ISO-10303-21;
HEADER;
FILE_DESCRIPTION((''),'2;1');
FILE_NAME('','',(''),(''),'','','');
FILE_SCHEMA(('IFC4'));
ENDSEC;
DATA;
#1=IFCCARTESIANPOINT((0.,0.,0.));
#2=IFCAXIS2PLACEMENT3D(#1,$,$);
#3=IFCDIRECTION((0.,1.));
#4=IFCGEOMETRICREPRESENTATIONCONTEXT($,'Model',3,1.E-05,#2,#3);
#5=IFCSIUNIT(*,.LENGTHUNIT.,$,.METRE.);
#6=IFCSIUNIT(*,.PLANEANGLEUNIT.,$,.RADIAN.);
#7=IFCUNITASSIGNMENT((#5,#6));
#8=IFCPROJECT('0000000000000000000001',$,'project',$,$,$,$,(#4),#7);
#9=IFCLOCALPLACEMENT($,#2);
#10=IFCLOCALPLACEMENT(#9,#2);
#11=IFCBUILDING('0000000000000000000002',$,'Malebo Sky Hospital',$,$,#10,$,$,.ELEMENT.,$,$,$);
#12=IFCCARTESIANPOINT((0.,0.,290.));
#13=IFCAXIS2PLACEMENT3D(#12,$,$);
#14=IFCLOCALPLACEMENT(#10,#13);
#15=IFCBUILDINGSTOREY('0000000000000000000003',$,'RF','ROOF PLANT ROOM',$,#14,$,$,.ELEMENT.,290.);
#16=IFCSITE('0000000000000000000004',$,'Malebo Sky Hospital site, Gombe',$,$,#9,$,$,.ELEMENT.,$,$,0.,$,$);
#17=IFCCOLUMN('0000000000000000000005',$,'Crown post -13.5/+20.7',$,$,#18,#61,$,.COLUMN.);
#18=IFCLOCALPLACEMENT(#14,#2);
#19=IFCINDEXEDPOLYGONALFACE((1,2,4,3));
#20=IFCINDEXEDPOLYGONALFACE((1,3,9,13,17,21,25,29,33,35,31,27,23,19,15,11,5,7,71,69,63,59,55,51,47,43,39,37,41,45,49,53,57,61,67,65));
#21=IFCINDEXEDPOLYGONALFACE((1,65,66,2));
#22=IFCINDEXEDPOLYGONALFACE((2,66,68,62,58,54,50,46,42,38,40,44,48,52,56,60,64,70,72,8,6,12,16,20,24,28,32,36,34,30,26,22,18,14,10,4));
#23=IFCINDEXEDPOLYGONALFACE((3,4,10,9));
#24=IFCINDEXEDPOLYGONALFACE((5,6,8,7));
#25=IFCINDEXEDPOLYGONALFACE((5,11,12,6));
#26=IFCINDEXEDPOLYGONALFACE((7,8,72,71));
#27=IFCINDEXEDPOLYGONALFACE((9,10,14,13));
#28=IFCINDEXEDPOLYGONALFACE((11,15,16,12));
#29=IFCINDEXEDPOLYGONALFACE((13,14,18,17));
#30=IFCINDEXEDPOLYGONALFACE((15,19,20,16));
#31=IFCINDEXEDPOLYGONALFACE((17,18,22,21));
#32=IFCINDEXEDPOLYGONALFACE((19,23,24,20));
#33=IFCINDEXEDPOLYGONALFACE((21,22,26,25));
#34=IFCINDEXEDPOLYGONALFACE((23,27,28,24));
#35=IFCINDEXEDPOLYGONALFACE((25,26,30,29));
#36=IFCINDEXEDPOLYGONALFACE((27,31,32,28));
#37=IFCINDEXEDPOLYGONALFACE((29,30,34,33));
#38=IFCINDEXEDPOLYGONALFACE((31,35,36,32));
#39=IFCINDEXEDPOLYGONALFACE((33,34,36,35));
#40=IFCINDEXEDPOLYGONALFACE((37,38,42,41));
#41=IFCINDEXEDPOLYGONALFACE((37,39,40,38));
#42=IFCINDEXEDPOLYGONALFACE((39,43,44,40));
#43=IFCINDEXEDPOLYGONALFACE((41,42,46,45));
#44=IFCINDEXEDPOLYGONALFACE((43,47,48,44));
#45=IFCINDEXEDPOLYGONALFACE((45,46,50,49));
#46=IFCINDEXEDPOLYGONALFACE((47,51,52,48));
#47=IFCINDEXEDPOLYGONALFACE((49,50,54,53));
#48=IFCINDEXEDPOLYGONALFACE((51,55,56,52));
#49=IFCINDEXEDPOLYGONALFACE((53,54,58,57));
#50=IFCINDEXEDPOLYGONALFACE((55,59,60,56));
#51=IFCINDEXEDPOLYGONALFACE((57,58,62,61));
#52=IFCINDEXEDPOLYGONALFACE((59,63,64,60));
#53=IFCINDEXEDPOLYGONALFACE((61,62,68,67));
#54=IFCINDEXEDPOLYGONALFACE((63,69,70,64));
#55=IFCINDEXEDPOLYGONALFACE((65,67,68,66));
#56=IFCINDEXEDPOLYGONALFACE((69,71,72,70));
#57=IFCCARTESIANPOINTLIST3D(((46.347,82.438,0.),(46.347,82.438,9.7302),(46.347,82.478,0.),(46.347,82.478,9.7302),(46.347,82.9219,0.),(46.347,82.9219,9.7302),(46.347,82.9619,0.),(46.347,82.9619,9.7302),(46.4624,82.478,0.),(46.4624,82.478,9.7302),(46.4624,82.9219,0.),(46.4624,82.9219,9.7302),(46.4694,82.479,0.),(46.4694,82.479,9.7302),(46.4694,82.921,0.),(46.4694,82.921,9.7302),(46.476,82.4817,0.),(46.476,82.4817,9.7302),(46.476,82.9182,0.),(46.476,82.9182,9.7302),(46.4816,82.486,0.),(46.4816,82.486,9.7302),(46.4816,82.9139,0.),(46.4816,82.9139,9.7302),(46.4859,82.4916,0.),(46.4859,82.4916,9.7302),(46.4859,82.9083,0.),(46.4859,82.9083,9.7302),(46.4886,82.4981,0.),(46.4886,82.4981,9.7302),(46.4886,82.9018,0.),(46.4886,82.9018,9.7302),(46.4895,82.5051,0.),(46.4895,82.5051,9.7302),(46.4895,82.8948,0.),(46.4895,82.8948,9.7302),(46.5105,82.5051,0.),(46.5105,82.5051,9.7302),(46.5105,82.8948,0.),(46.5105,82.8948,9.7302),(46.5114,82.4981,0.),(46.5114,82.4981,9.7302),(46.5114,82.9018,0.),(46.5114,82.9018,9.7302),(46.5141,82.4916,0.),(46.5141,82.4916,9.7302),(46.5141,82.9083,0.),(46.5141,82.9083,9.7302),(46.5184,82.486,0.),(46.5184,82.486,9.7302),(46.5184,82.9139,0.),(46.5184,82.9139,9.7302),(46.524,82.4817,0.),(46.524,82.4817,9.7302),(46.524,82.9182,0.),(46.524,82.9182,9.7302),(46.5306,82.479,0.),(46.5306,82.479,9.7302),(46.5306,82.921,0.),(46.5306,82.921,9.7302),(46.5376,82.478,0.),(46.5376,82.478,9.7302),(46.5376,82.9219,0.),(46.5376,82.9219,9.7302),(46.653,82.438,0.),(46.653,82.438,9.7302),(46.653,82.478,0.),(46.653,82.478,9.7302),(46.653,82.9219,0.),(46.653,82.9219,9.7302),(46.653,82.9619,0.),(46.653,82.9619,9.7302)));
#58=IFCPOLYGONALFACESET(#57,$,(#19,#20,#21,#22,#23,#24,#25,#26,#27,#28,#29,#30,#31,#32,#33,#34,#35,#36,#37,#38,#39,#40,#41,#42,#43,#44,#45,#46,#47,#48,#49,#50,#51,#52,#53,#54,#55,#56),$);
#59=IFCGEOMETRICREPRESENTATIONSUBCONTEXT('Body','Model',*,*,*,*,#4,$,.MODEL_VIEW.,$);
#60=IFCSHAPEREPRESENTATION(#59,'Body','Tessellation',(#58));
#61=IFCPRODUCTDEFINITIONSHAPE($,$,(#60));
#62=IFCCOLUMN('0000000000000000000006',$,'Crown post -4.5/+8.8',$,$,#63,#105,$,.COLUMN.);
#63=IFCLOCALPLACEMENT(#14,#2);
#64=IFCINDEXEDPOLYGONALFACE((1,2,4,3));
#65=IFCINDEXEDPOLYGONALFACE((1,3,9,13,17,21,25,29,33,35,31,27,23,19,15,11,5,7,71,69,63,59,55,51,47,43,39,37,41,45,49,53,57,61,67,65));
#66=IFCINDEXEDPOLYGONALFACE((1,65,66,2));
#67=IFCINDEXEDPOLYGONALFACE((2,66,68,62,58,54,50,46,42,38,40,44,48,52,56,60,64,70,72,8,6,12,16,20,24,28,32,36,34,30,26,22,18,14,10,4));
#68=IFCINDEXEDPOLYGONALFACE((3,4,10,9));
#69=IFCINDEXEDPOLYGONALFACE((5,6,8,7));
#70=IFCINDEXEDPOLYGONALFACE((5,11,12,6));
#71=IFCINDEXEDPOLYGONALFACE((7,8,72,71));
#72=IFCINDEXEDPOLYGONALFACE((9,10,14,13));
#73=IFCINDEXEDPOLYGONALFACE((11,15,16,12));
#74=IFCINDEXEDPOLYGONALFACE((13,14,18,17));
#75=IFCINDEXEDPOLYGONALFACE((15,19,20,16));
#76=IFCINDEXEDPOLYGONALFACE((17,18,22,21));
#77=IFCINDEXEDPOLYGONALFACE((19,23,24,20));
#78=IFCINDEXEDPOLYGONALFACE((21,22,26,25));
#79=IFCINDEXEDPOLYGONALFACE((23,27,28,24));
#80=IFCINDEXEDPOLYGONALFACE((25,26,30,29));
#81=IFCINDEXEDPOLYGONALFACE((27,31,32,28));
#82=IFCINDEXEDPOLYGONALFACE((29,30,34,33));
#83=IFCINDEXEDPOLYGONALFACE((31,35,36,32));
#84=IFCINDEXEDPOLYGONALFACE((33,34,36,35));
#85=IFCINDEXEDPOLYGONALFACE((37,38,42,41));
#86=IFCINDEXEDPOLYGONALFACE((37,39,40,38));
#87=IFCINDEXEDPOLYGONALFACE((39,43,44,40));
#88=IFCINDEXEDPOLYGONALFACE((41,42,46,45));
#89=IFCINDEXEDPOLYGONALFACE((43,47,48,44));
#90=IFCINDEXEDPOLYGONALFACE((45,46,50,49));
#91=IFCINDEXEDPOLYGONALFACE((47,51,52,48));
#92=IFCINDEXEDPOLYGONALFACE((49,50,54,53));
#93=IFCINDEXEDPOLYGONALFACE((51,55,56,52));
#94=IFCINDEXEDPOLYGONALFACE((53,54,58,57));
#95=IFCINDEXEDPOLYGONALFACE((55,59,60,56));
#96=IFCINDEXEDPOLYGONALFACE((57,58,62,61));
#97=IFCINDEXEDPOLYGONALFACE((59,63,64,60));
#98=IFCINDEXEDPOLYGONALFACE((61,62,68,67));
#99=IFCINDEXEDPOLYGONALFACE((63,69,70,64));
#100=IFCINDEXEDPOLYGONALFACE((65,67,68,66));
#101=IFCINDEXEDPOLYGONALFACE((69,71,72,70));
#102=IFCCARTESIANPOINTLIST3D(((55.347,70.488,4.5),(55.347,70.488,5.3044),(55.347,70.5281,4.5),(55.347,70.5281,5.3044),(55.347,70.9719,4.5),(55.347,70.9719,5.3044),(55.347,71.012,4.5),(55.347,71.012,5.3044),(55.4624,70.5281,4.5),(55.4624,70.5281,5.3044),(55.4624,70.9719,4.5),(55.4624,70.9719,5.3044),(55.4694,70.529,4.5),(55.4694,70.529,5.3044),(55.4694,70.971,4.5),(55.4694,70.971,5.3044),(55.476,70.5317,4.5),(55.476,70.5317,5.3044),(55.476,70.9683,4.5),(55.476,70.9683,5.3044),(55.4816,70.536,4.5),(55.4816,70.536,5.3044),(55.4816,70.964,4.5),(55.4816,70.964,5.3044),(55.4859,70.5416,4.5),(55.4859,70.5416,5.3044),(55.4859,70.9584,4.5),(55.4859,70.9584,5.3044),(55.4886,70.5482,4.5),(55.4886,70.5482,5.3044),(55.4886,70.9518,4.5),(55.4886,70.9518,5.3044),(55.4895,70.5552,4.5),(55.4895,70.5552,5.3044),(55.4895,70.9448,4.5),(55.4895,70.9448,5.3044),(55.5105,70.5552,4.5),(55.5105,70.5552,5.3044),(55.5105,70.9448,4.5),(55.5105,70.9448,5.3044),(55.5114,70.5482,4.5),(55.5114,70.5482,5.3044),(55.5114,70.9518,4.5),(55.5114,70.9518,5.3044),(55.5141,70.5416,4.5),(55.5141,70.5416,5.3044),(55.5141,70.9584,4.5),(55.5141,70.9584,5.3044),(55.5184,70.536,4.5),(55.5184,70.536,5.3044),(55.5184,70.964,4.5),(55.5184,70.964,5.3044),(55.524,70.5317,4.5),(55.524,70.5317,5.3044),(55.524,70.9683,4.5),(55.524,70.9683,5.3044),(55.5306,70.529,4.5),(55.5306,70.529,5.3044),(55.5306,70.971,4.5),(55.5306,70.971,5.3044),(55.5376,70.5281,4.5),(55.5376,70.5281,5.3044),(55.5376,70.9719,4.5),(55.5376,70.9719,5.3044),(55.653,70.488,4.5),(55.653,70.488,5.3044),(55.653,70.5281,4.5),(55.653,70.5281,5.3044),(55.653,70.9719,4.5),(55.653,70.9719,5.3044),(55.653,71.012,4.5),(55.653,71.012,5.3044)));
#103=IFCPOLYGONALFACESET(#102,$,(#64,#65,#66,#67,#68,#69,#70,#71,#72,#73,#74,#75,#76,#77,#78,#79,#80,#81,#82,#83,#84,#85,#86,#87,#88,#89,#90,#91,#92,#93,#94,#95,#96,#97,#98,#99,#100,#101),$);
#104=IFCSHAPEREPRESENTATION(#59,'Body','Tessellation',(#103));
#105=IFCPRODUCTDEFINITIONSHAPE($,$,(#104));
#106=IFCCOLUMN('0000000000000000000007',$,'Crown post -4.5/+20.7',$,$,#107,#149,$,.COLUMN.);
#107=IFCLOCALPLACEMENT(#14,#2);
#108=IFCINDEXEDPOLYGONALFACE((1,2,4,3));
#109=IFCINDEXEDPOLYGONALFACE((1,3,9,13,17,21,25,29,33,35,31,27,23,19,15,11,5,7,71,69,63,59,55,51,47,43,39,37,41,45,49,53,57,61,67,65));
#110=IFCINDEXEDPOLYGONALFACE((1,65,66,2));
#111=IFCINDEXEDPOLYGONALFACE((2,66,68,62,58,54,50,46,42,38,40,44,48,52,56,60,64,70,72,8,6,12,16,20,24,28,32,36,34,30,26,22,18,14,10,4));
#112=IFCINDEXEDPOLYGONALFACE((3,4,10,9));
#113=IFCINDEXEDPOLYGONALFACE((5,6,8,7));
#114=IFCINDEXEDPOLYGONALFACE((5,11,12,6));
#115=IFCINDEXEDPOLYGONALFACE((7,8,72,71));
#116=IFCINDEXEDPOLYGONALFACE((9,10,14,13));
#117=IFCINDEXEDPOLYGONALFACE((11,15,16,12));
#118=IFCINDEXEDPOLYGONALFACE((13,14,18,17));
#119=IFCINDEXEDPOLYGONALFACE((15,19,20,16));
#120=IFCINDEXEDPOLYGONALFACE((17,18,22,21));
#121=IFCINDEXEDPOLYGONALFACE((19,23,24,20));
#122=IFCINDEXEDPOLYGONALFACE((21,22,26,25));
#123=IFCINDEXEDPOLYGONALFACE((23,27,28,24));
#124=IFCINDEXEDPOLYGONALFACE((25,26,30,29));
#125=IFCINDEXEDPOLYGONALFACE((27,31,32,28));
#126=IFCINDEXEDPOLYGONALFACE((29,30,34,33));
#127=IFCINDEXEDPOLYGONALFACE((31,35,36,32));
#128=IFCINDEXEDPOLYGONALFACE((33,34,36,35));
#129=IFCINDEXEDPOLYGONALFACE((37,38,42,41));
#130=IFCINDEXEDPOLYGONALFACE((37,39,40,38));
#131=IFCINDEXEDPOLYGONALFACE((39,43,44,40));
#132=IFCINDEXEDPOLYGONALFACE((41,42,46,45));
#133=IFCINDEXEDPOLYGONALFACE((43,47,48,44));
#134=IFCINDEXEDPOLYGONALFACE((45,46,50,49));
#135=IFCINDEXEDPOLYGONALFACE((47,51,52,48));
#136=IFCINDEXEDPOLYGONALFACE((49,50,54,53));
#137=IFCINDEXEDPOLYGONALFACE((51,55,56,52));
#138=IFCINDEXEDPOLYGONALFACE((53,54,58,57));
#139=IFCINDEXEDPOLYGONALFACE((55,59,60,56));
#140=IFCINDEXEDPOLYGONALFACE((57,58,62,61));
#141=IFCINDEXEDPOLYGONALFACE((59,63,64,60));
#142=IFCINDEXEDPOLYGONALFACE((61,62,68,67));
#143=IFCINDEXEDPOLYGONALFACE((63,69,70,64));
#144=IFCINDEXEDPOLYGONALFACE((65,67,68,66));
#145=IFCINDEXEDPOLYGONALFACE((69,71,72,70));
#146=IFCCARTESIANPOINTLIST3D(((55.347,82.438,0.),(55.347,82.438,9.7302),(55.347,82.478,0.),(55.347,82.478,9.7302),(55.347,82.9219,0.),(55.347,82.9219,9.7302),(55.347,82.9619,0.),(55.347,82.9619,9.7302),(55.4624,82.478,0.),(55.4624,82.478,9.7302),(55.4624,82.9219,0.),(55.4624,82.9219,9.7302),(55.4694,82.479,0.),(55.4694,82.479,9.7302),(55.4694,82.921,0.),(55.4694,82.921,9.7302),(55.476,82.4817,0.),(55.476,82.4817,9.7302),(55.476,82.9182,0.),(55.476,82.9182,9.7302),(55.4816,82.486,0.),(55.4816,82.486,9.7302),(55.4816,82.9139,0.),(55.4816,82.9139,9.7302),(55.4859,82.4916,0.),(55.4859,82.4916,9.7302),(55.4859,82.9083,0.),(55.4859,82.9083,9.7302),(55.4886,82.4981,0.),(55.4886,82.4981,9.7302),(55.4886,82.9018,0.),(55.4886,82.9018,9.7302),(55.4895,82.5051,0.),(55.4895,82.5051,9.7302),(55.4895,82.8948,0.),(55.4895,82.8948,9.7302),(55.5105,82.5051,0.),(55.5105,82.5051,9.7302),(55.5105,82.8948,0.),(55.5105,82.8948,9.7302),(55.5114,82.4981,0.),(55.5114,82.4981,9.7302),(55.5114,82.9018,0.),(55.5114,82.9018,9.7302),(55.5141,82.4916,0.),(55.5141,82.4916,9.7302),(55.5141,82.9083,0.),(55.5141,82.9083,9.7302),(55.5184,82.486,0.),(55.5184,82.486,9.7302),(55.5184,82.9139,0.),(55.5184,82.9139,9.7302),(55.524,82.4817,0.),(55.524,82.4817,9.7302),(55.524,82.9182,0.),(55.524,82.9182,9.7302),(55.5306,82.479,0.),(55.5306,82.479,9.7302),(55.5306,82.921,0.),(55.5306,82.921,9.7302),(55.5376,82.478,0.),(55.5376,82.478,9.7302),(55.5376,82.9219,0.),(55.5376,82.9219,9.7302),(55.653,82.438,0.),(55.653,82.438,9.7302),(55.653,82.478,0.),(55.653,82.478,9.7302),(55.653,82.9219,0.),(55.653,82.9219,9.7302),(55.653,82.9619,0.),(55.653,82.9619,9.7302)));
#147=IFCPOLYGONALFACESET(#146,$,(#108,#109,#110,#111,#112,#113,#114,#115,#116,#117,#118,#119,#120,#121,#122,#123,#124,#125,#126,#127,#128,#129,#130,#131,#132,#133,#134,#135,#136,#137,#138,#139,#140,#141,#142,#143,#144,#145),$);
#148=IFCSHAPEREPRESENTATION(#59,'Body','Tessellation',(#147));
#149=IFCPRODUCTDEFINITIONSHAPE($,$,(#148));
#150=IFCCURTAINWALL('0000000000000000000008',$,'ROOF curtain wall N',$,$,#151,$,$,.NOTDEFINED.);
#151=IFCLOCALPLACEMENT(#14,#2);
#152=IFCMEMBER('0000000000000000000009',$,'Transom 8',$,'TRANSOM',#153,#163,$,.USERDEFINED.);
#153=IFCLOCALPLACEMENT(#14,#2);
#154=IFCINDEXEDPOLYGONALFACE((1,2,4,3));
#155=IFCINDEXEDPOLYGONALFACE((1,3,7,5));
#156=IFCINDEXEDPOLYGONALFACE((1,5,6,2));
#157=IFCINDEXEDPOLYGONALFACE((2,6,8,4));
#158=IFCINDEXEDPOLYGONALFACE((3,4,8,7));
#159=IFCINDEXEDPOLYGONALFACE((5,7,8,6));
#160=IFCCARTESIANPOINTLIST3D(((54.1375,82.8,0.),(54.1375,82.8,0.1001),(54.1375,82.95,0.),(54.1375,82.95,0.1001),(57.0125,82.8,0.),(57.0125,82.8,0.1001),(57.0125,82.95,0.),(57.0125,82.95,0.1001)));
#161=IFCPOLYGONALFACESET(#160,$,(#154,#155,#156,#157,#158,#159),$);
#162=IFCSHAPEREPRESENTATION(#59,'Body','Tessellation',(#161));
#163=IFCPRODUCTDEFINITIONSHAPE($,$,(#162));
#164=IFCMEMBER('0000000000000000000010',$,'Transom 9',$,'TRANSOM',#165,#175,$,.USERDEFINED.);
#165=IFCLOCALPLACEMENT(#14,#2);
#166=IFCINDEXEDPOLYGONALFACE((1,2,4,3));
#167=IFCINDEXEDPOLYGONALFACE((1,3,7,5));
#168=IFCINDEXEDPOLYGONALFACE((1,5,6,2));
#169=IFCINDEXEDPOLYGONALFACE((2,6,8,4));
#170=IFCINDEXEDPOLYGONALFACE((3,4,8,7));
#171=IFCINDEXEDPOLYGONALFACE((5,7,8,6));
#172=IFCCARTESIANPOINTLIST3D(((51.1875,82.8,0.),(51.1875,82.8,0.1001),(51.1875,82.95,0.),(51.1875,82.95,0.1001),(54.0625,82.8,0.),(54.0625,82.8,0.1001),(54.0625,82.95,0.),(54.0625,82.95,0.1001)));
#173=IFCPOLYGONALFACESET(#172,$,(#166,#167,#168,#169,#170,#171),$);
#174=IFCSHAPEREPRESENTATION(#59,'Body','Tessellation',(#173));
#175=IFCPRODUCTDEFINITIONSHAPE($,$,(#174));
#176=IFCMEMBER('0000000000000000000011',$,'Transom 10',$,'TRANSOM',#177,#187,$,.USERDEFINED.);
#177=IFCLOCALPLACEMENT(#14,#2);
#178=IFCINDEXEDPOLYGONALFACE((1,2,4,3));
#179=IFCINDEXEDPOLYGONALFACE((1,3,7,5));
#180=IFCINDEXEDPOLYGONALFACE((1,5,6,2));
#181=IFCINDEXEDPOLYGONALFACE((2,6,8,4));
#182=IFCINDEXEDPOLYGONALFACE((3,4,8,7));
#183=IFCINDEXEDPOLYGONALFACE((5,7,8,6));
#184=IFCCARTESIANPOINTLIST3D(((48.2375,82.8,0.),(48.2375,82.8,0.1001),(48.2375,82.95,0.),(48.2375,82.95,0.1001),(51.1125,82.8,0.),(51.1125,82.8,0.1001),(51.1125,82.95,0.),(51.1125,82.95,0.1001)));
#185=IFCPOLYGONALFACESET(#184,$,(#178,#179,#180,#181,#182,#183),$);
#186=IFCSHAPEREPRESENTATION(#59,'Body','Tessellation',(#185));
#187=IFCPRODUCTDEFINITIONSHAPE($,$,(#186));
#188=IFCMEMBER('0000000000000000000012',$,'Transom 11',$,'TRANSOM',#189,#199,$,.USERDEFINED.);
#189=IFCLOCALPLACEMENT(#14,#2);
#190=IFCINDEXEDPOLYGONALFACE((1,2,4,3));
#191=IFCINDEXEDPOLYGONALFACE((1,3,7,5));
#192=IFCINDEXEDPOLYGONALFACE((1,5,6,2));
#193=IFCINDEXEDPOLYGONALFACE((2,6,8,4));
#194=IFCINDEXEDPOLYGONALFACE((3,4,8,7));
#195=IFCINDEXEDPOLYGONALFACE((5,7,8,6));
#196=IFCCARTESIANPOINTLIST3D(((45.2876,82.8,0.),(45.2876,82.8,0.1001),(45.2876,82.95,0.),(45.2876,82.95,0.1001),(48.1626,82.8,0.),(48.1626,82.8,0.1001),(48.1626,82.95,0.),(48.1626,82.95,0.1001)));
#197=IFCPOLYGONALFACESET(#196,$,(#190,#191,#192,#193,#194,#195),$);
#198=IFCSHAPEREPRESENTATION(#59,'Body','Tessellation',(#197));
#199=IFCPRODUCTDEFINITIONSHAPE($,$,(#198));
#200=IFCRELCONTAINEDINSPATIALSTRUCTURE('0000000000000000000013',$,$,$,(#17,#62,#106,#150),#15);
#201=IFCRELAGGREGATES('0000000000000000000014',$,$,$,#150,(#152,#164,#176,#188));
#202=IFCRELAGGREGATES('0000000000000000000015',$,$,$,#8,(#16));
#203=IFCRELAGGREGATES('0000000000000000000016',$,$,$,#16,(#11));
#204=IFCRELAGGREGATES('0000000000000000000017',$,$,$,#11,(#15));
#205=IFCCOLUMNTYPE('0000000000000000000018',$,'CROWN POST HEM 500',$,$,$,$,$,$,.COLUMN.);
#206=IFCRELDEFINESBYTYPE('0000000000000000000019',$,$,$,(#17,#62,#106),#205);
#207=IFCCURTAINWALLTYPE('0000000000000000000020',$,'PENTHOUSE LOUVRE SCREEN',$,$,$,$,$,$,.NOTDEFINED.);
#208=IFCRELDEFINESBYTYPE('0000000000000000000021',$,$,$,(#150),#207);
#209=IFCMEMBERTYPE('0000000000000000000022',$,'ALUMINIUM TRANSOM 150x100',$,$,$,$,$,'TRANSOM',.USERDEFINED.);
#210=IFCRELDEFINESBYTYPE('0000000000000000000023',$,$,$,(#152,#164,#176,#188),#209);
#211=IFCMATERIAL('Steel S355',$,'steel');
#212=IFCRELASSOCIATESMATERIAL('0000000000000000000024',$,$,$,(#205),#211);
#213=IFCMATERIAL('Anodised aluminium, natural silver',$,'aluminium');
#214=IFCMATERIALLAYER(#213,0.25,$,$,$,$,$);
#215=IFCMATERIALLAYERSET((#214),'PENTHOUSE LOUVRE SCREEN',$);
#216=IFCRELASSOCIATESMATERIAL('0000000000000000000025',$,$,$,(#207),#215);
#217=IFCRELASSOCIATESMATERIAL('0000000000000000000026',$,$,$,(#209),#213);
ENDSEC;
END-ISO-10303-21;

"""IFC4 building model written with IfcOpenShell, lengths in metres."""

from ifc_helpers import new_model, si_unit, direction, frame, origin, origin_2d, place, context, subcontext, project, spatial, rectangle, i_section, extrude, material, layer, layer_set, material_profile, profile_set, type_object, element, aggregate, save


model = new_model("IFC4")

# Units and contexts
model_context = context("Model", 3, precision=1e-05, world=origin(), true_north=direction((0.0, 1.0)))
body_context = subcontext(model_context, "Body", "Model", "MODEL_VIEW")
ifc_project = project(units=[si_unit("LENGTHUNIT", "METRE"), si_unit("PLANEANGLEUNIT", "RADIAN")], contexts=[model_context])

# Site, building, storey
site_placement = place(None, origin())
site = spatial("IfcSite", under=ifc_project, at=site_placement, Name="Malebo Sky Hospital site, Gombe", CompositionType="ELEMENT", RefElevation=0.0)
building_placement = place(site_placement, origin())
building = spatial("IfcBuilding", under=site, at=building_placement, Name="Malebo Sky Hospital", CompositionType="ELEMENT")
storey_placement = place(building_placement, frame((0.0, 0.0, 290.0)))
storey = spatial("IfcBuildingStorey", under=building, at=storey_placement, Name="RF", Description="ROOF PLANT ROOM", CompositionType="ELEMENT", Elevation=290.0)

# Columns
ifc_material_1 = material(Name="Steel S355", Category="steel")
ifc_material_profile_1 = material_profile(ifc_material_1, i_section(OverallWidth=0.3059, OverallDepth=0.5239, WebThickness=0.021, FlangeThickness=0.04, FilletRadius=0.0271, at=origin_2d()), Name="HEM 500")
ifc_profile_set_1 = profile_set([ifc_material_profile_1], Name="Steel S355")
column_type = type_object("IfcColumnType", Name="CROWN POST HEM 500", PredefinedType="COLUMN", material=ifc_profile_set_1)
column_1_placement = place(storey_placement, frame((46.5, 82.7, 0.0), z_axis=(0.0, 0.0, 1.0), x_axis=(1.0, 0.0, 0.0)))
element("IfcColumn", 1, at=column_1_placement, inside=storey, type_object=column_type, Name="Crown post -13.5/+20.7", PredefinedType="COLUMN", context=body_context, shape_type="SweptSolid", body=[
    extrude(i_section(OverallWidth=0.3059, OverallDepth=0.5239, WebThickness=0.021, FlangeThickness=0.04, FilletRadius=0.0271, at=origin_2d()), origin(), (0.0, 0.0, 1.0), 9.7302),
])
column_2_placement = place(storey_placement, frame((55.5, 70.75, 4.5), z_axis=(0.0, 0.0, 1.0), x_axis=(1.0, 0.0, 0.0)))
element("IfcColumn", 2, at=column_2_placement, inside=storey, type_object=column_type, Name="Crown post -4.5/+8.8", PredefinedType="COLUMN", context=body_context, shape_type="SweptSolid", body=[
    extrude(i_section(OverallWidth=0.3059, OverallDepth=0.5239, WebThickness=0.021, FlangeThickness=0.04, FilletRadius=0.0271, at=origin_2d()), origin(), (0.0, 0.0, 1.0), 0.8044),
])
column_3_placement = place(storey_placement, frame((55.5, 82.7, 0.0), z_axis=(0.0, 0.0, 1.0), x_axis=(1.0, 0.0, 0.0)))
element("IfcColumn", 3, at=column_3_placement, inside=storey, type_object=column_type, Name="Crown post -4.5/+20.7", PredefinedType="COLUMN", context=body_context, shape_type="SweptSolid", body=[
    extrude(i_section(OverallWidth=0.3059, OverallDepth=0.5239, WebThickness=0.021, FlangeThickness=0.04, FilletRadius=0.0271, at=origin_2d()), origin(), (0.0, 0.0, 1.0), 9.7302),
])

# Curtain wall, members
ifc_material_2 = material(Name="Anodised aluminium, natural silver", Category="aluminium")
ifc_layer_1 = layer(ifc_material_2, 0.25)
ifc_layer_set_1 = layer_set([ifc_layer_1], Name="PENTHOUSE LOUVRE SCREEN")
curtain_wall_type = type_object("IfcCurtainWallType", Name="PENTHOUSE LOUVRE SCREEN", PredefinedType="NOTDEFINED", material=ifc_layer_set_1)
curtain_wall_placement = place(storey_placement, origin())
curtain_wall = element("IfcCurtainWall", 4, at=curtain_wall_placement, inside=storey, type_object=curtain_wall_type, Name="ROOF curtain wall N", PredefinedType="NOTDEFINED")
ifc_material_profile_2 = material_profile(ifc_material_2, rectangle(XDim=0.1499, YDim=0.1001, at=origin_2d()), Name="ALUMINIUM TRANSOM 150x100")
ifc_profile_set_2 = profile_set([ifc_material_profile_2], Name="Anodised aluminium, natural silver")
member_type_1 = type_object("IfcMemberType", Name="ALUMINIUM TRANSOM 150x100", ElementType="TRANSOM", PredefinedType="USERDEFINED", material=ifc_profile_set_2)
member_1_placement = place(storey_placement, frame((57.0125, 82.875, 0.05), z_axis=(-1.0, 0.0, 0.0), x_axis=(0.0, -1.0, 0.0)))
member_1 = element("IfcMember", 5, at=member_1_placement, type_object=member_type_1, Name="Transom 8", ObjectType="TRANSOM", PredefinedType="USERDEFINED", context=body_context, shape_type="SweptSolid", body=[
    extrude(rectangle(XDim=0.1499, YDim=0.1001, at=origin_2d()), origin(), (0.0, 0.0, 1.0), 2.875),
])
member_2_placement = place(storey_placement, frame((54.0625, 82.875, 0.05), z_axis=(-1.0, 0.0, 0.0), x_axis=(0.0, -1.0, 0.0)))
member_2 = element("IfcMember", 6, at=member_2_placement, type_object=member_type_1, Name="Transom 9", ObjectType="TRANSOM", PredefinedType="USERDEFINED", context=body_context, shape_type="SweptSolid", body=[
    extrude(rectangle(XDim=0.1499, YDim=0.1001, at=origin_2d()), origin(), (0.0, 0.0, 1.0), 2.875),
])
member_3_placement = place(storey_placement, frame((51.1125, 82.875, 0.05), z_axis=(-1.0, 0.0, 0.0), x_axis=(0.0, -1.0, 0.0)))
member_3 = element("IfcMember", 7, at=member_3_placement, type_object=member_type_1, Name="Transom 10", ObjectType="TRANSOM", PredefinedType="USERDEFINED", context=body_context, shape_type="SweptSolid", body=[
    extrude(rectangle(XDim=0.1499, YDim=0.1001, at=origin_2d()), origin(), (0.0, 0.0, 1.0), 2.875),
])
member_4_placement = place(storey_placement, frame((48.1626, 82.875, 0.05), z_axis=(-1.0, 0.0, 0.0), x_axis=(0.0, -1.0, 0.0)))
member_4 = element("IfcMember", 8, at=member_4_placement, type_object=member_type_1, Name="Transom 11", ObjectType="TRANSOM", PredefinedType="USERDEFINED", context=body_context, shape_type="SweptSolid", body=[
    extrude(rectangle(XDim=0.1499, YDim=0.1001, at=origin_2d()), origin(), (0.0, 0.0, 1.0), 2.875),
])

aggregate(curtain_wall, [member_1, member_2, member_3, member_4])

save(model, "model.ifc")
